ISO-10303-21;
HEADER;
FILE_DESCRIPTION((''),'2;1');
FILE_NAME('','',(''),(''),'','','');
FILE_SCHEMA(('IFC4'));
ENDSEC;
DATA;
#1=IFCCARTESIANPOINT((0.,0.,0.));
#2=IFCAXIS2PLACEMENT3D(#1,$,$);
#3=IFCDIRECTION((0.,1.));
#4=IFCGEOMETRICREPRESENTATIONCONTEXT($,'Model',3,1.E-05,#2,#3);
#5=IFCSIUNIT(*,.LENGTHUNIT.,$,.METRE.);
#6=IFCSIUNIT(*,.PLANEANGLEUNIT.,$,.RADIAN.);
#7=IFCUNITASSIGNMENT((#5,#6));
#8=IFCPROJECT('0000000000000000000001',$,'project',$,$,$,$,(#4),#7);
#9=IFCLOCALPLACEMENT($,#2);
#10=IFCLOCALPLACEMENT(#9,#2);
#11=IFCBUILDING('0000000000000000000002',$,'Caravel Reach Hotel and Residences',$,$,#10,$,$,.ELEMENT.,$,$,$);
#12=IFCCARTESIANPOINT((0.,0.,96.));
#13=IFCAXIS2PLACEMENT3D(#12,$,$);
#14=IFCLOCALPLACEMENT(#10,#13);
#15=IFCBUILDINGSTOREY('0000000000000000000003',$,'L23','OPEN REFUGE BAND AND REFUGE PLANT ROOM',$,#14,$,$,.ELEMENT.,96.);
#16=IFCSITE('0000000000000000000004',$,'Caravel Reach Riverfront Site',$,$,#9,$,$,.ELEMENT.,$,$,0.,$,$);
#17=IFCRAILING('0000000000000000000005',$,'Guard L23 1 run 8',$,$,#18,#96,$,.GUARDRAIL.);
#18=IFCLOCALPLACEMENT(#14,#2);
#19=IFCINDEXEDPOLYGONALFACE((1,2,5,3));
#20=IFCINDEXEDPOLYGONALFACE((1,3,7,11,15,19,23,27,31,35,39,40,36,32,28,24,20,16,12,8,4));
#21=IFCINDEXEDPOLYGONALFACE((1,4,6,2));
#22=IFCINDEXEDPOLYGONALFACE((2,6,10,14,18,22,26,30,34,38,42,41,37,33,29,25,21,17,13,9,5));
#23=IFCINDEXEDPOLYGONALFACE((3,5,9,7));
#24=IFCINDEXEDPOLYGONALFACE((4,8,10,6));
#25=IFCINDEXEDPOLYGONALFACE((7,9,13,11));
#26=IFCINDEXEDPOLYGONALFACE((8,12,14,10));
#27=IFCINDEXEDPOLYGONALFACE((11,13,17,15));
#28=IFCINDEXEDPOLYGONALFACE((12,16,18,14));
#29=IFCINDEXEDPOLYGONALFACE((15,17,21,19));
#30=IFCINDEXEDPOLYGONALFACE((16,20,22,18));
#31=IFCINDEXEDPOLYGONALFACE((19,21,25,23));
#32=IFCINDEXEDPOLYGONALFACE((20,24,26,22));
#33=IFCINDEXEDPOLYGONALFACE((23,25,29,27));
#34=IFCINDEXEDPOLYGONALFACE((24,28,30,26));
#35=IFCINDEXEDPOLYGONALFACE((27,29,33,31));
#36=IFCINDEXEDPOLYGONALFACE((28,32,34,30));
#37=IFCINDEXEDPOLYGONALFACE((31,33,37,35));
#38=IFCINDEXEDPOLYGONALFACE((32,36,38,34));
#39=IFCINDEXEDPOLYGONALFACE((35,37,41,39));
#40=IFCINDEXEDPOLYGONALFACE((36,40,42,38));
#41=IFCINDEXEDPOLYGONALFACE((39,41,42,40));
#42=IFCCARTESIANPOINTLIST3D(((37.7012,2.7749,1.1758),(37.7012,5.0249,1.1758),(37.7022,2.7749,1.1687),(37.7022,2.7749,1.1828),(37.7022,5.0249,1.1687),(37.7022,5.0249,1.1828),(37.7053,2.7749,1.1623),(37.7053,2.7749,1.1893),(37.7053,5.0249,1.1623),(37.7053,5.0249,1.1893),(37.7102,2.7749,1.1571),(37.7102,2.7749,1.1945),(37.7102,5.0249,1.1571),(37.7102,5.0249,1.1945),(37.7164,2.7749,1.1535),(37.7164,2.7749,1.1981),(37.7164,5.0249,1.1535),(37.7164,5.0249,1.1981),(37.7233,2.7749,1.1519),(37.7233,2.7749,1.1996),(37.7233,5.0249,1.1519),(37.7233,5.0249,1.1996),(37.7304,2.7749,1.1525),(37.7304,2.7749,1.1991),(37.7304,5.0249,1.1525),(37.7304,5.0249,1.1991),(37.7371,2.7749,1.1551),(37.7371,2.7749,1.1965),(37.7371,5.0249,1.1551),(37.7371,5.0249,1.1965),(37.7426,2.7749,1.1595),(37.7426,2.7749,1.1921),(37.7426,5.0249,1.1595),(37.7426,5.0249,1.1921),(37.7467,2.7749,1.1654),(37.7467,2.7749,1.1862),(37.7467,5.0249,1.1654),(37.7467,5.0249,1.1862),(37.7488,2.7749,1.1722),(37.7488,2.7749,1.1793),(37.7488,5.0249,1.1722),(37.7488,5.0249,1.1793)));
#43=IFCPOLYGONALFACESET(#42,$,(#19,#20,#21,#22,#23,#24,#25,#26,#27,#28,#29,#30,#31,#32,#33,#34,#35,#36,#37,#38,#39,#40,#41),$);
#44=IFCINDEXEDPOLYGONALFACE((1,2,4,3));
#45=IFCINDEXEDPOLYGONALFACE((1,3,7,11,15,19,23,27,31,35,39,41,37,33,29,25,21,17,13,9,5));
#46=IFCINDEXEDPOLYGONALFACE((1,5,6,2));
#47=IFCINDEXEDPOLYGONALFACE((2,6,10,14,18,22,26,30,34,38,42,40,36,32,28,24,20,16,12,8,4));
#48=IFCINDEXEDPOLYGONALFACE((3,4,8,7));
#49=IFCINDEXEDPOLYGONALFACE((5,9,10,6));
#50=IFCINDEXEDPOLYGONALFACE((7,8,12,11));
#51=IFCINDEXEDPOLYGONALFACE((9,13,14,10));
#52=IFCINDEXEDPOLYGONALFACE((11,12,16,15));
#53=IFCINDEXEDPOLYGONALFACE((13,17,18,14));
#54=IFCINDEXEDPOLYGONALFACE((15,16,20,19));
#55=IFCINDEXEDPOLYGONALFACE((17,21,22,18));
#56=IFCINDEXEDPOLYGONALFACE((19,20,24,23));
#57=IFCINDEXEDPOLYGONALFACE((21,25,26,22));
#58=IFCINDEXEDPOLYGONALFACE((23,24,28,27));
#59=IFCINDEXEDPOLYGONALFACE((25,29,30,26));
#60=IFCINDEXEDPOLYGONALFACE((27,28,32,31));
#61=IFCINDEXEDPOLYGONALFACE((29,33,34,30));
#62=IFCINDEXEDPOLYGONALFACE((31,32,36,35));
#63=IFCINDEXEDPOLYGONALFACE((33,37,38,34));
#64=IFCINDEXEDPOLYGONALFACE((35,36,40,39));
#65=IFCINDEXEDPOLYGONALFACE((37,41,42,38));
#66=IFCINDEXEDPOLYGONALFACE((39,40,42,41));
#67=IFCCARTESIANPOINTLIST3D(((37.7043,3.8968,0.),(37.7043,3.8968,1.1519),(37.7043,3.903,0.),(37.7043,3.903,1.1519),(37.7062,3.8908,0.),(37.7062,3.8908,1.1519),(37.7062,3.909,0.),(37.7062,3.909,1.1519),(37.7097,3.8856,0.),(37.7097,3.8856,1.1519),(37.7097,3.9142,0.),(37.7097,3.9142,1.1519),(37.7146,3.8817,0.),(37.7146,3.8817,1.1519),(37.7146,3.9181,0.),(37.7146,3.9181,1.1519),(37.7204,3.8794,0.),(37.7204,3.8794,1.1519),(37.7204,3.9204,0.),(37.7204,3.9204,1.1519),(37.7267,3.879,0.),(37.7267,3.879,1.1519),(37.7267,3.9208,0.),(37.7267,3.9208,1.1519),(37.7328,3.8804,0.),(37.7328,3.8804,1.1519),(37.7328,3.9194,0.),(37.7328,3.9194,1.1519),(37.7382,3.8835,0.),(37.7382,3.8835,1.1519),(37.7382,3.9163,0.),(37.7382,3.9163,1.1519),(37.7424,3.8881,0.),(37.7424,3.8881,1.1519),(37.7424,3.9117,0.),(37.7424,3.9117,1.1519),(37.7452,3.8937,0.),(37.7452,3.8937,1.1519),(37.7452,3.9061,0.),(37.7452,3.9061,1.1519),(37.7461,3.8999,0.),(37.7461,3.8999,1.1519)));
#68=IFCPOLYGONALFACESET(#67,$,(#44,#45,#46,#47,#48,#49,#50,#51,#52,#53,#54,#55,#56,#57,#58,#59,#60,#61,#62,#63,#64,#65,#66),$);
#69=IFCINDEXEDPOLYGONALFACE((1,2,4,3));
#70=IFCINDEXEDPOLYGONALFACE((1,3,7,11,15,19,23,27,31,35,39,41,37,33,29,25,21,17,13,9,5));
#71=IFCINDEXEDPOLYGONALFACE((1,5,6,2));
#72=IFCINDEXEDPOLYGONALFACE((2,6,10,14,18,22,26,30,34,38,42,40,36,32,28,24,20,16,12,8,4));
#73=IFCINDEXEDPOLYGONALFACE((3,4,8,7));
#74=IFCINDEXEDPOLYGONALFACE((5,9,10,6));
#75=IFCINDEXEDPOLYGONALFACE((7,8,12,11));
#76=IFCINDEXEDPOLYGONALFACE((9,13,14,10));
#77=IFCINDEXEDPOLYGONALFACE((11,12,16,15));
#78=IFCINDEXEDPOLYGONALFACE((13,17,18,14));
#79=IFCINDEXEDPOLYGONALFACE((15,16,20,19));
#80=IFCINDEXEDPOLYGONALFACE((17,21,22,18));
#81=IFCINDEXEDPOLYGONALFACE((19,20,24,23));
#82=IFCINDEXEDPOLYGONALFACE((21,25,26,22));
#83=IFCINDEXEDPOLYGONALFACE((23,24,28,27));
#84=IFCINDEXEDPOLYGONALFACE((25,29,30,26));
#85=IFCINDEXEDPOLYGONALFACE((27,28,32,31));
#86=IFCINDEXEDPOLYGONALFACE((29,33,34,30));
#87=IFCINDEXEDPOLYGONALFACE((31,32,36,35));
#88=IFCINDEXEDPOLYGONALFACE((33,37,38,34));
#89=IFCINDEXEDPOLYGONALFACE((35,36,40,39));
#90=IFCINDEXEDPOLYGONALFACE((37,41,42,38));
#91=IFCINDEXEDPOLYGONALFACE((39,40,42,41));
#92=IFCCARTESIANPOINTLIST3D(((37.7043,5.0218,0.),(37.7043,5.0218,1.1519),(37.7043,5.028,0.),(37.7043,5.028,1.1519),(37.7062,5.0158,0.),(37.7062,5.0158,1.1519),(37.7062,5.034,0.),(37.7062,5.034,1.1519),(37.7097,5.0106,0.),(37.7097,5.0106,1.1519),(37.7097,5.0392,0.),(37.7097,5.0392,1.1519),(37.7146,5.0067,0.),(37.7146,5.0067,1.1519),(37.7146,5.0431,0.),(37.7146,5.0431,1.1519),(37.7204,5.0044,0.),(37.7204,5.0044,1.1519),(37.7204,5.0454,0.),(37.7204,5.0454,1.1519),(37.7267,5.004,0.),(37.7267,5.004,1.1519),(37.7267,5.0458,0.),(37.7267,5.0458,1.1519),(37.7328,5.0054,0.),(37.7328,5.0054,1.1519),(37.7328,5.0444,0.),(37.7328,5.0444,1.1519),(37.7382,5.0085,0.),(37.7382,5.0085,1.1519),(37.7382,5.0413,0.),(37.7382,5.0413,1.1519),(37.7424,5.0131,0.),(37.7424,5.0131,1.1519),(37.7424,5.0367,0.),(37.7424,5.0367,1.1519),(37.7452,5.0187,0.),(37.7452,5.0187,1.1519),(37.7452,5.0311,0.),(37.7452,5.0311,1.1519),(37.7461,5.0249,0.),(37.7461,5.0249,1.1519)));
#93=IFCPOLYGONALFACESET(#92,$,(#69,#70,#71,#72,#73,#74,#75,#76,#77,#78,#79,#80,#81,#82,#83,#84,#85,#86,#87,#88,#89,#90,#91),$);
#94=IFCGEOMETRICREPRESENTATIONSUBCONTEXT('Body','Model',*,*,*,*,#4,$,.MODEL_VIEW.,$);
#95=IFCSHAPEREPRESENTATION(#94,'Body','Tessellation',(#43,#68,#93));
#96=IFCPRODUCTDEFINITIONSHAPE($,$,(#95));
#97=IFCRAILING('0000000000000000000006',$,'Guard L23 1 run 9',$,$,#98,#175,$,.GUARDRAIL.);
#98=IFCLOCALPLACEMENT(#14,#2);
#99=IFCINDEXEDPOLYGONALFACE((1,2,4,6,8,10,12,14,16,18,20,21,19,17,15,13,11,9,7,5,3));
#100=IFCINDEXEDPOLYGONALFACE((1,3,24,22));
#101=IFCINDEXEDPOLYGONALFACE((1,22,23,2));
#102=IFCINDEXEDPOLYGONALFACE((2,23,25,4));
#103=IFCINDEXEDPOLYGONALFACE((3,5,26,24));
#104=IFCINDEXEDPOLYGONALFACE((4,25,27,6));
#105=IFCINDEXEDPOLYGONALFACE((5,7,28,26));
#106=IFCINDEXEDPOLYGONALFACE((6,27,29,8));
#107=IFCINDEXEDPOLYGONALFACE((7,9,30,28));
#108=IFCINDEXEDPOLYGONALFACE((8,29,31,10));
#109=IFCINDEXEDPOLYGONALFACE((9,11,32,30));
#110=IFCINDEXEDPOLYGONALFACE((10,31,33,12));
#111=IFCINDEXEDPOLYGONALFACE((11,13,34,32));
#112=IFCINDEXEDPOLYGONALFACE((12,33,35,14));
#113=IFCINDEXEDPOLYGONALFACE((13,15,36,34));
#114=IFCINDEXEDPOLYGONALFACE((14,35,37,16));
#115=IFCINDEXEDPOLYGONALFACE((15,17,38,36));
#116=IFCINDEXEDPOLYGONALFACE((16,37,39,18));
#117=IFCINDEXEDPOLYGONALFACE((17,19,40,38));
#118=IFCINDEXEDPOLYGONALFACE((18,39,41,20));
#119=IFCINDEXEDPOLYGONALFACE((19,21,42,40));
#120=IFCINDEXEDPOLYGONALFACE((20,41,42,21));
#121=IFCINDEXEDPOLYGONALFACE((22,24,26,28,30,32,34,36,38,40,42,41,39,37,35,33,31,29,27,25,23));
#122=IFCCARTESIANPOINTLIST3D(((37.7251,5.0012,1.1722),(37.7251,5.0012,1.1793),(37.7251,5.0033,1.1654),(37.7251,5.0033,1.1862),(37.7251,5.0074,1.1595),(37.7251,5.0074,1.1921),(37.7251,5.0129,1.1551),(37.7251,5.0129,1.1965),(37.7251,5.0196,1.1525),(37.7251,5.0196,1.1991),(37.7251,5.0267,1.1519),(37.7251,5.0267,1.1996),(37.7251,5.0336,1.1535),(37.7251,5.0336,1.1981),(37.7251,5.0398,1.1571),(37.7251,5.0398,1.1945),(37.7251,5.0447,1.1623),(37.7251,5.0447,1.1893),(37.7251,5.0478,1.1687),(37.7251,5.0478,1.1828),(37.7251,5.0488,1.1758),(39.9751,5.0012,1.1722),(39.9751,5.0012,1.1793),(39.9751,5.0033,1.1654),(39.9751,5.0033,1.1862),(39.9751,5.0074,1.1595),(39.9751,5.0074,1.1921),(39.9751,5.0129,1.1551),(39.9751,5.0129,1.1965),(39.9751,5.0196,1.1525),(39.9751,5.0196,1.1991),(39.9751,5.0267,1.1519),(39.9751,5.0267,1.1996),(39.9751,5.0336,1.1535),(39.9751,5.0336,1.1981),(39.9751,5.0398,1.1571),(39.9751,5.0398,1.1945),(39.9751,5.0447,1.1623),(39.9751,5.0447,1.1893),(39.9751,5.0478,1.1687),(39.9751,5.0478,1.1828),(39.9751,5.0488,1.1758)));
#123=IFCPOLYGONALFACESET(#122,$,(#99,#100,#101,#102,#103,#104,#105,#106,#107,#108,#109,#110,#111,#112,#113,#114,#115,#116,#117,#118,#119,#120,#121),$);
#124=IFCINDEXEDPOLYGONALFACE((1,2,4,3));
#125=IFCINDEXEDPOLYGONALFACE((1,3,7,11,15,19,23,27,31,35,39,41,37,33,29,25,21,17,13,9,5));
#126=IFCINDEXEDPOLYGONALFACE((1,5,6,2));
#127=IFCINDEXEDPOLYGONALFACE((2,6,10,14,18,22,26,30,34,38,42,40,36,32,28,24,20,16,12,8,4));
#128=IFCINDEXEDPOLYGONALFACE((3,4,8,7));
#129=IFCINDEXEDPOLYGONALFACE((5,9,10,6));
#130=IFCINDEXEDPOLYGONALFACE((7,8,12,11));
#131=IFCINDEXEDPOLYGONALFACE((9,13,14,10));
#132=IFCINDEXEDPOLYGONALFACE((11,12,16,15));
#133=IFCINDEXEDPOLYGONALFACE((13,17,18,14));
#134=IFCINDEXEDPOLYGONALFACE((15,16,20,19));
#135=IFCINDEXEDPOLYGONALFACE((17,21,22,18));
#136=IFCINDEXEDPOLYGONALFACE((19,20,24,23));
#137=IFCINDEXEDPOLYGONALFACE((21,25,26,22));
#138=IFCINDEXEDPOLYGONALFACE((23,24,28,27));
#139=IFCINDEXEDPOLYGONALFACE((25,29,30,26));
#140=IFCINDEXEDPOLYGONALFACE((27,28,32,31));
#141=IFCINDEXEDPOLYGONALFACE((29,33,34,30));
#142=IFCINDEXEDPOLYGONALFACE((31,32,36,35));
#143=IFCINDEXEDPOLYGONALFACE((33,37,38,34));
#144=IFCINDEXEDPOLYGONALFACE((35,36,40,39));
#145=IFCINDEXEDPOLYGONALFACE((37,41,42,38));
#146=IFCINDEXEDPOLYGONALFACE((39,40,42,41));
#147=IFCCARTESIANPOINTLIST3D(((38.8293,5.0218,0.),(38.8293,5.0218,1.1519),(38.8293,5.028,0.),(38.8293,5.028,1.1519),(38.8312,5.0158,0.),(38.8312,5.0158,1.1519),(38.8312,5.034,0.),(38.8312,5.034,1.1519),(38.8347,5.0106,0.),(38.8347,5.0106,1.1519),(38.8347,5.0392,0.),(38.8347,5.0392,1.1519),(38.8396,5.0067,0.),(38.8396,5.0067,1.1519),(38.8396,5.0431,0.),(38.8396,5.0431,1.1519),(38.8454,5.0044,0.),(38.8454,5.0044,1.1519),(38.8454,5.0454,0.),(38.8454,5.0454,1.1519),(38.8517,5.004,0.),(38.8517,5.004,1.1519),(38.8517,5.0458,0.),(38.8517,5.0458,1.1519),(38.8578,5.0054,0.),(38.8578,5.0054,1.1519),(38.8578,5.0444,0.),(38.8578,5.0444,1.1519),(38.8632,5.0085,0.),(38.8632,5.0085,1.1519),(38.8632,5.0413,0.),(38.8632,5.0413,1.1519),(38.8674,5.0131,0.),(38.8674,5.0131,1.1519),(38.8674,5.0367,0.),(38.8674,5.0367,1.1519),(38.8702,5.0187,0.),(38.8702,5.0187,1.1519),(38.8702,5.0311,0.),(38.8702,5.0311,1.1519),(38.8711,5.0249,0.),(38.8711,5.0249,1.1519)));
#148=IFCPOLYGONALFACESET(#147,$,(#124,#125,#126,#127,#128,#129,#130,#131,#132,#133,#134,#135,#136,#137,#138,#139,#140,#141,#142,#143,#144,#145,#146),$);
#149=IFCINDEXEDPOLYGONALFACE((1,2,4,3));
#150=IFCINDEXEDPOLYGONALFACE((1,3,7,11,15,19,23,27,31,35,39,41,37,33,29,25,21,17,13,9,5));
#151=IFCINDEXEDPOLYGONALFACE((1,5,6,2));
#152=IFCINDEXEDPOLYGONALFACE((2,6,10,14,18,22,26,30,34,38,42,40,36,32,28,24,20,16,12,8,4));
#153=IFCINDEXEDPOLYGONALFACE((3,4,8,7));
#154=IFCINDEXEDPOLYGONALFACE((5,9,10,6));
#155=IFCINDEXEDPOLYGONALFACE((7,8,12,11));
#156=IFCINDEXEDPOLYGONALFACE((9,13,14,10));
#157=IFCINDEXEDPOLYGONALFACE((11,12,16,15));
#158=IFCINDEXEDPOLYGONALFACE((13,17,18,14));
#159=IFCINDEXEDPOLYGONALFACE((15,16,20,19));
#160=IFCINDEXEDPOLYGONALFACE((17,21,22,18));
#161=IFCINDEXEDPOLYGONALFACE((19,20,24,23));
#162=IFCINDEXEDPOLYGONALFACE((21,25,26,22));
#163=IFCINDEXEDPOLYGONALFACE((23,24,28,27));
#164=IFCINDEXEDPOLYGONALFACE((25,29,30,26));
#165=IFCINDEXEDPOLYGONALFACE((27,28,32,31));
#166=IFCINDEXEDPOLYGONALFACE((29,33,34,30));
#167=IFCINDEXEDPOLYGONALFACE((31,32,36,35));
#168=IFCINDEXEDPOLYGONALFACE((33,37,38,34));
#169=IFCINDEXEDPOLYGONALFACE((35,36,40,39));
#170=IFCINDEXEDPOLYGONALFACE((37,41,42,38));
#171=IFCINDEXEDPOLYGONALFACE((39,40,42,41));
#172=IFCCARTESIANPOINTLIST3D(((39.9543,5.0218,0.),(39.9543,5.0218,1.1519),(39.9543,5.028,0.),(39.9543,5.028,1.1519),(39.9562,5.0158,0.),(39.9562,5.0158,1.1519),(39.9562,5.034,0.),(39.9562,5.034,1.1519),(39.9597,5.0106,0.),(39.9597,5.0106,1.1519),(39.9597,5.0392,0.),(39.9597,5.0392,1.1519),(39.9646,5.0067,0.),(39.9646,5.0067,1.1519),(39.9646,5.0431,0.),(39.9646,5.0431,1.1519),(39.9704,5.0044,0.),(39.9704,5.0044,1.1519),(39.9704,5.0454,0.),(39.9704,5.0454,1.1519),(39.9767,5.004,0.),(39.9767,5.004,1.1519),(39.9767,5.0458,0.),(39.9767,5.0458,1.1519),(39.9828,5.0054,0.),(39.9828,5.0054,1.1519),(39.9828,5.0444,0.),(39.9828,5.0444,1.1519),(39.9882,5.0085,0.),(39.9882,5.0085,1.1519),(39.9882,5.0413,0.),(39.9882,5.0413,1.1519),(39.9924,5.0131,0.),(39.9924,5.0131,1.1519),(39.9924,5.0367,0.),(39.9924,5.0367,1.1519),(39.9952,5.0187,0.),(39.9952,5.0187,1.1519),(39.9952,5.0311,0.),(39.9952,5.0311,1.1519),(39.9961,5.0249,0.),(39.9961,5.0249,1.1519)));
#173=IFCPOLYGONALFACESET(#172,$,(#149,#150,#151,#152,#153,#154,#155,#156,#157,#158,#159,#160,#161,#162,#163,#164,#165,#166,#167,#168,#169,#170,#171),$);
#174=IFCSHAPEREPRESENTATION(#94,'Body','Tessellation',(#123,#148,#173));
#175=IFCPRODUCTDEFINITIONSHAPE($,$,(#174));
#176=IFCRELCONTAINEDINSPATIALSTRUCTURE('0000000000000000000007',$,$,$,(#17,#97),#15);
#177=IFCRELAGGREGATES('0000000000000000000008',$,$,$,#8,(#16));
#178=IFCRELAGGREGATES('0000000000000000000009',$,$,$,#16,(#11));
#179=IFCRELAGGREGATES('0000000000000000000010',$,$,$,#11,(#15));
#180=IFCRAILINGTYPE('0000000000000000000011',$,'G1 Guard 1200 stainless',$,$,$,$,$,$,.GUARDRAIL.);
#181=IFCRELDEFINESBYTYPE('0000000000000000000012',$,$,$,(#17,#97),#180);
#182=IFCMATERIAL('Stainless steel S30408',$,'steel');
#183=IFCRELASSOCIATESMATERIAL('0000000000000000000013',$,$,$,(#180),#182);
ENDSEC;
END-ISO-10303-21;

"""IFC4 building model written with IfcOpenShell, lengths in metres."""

from ifc_helpers import new_model, si_unit, direction, frame, origin, origin_2d, place, context, subcontext, project, spatial, circle, extrude, material, type_object, element, save


model = new_model("IFC4")

# Units and contexts
model_context = context("Model", 3, precision=1e-05, world=origin(), true_north=direction((0.0, 1.0)))
body_context = subcontext(model_context, "Body", "Model", "MODEL_VIEW")
ifc_project = project(units=[si_unit("LENGTHUNIT", "METRE"), si_unit("PLANEANGLEUNIT", "RADIAN")], contexts=[model_context])

# Site, building, storey
site_placement = place(None, origin())
site = spatial("IfcSite", under=ifc_project, at=site_placement, Name="Caravel Reach Riverfront Site", CompositionType="ELEMENT", RefElevation=0.0)
building_placement = place(site_placement, origin())
building = spatial("IfcBuilding", under=site, at=building_placement, Name="Caravel Reach Hotel and Residences", CompositionType="ELEMENT")
storey_placement = place(building_placement, frame((0.0, 0.0, 96.0)))
storey = spatial("IfcBuildingStorey", under=building, at=storey_placement, Name="L23", Description="OPEN REFUGE BAND AND REFUGE PLANT ROOM", CompositionType="ELEMENT", Elevation=96.0)

# Railings
ifc_material_1 = material(Name="Stainless steel S30408", Category="steel")
railing_type = type_object("IfcRailingType", Name="G1 Guard 1200 stainless", PredefinedType="GUARDRAIL", material=ifc_material_1)
railing_1_placement = place(storey_placement, frame((37.7251, 2.7749, 0.0)))
element("IfcRailing", 1, at=railing_1_placement, inside=storey, type_object=railing_type, Name="Guard L23 1 run 8", PredefinedType="GUARDRAIL", context=body_context, shape_type="SweptSolid", body=[
    extrude(circle(Radius=0.0239, at=origin_2d()), frame((0.0, 0.0, 1.1758), z_axis=(0.0, 1.0, 0.0), x_axis=(-1.0, 0.0, 0.0)), (0.0, 0.0, 1.0), 2.25),
    extrude(circle(Radius=0.021, at=origin_2d()), frame((0.0, 1.125, 0.0)), (0.0, 0.0, 1.0), 1.1519),
    extrude(circle(Radius=0.021, at=origin_2d()), frame((0.0, 2.25, 0.0)), (0.0, 0.0, 1.0), 1.1519),
])
railing_2_placement = place(storey_placement, frame((37.7251, 5.0249, 0.0)))
element("IfcRailing", 2, at=railing_2_placement, inside=storey, type_object=railing_type, Name="Guard L23 1 run 9", PredefinedType="GUARDRAIL", context=body_context, shape_type="SweptSolid", body=[
    extrude(circle(Radius=0.0239, at=origin_2d()), frame((0.0, 0.0, 1.1758), z_axis=(1.0, 0.0, 0.0), x_axis=(0.0, 1.0, 0.0)), (0.0, 0.0, 1.0), 2.25),
    extrude(circle(Radius=0.021, at=origin_2d()), frame((1.125, 0.0, 0.0)), (0.0, 0.0, 1.0), 1.1519),
    extrude(circle(Radius=0.021, at=origin_2d()), frame((2.25, 0.0, 0.0)), (0.0, 0.0, 1.0), 1.1519),
])

save(model, "model.ifc")
